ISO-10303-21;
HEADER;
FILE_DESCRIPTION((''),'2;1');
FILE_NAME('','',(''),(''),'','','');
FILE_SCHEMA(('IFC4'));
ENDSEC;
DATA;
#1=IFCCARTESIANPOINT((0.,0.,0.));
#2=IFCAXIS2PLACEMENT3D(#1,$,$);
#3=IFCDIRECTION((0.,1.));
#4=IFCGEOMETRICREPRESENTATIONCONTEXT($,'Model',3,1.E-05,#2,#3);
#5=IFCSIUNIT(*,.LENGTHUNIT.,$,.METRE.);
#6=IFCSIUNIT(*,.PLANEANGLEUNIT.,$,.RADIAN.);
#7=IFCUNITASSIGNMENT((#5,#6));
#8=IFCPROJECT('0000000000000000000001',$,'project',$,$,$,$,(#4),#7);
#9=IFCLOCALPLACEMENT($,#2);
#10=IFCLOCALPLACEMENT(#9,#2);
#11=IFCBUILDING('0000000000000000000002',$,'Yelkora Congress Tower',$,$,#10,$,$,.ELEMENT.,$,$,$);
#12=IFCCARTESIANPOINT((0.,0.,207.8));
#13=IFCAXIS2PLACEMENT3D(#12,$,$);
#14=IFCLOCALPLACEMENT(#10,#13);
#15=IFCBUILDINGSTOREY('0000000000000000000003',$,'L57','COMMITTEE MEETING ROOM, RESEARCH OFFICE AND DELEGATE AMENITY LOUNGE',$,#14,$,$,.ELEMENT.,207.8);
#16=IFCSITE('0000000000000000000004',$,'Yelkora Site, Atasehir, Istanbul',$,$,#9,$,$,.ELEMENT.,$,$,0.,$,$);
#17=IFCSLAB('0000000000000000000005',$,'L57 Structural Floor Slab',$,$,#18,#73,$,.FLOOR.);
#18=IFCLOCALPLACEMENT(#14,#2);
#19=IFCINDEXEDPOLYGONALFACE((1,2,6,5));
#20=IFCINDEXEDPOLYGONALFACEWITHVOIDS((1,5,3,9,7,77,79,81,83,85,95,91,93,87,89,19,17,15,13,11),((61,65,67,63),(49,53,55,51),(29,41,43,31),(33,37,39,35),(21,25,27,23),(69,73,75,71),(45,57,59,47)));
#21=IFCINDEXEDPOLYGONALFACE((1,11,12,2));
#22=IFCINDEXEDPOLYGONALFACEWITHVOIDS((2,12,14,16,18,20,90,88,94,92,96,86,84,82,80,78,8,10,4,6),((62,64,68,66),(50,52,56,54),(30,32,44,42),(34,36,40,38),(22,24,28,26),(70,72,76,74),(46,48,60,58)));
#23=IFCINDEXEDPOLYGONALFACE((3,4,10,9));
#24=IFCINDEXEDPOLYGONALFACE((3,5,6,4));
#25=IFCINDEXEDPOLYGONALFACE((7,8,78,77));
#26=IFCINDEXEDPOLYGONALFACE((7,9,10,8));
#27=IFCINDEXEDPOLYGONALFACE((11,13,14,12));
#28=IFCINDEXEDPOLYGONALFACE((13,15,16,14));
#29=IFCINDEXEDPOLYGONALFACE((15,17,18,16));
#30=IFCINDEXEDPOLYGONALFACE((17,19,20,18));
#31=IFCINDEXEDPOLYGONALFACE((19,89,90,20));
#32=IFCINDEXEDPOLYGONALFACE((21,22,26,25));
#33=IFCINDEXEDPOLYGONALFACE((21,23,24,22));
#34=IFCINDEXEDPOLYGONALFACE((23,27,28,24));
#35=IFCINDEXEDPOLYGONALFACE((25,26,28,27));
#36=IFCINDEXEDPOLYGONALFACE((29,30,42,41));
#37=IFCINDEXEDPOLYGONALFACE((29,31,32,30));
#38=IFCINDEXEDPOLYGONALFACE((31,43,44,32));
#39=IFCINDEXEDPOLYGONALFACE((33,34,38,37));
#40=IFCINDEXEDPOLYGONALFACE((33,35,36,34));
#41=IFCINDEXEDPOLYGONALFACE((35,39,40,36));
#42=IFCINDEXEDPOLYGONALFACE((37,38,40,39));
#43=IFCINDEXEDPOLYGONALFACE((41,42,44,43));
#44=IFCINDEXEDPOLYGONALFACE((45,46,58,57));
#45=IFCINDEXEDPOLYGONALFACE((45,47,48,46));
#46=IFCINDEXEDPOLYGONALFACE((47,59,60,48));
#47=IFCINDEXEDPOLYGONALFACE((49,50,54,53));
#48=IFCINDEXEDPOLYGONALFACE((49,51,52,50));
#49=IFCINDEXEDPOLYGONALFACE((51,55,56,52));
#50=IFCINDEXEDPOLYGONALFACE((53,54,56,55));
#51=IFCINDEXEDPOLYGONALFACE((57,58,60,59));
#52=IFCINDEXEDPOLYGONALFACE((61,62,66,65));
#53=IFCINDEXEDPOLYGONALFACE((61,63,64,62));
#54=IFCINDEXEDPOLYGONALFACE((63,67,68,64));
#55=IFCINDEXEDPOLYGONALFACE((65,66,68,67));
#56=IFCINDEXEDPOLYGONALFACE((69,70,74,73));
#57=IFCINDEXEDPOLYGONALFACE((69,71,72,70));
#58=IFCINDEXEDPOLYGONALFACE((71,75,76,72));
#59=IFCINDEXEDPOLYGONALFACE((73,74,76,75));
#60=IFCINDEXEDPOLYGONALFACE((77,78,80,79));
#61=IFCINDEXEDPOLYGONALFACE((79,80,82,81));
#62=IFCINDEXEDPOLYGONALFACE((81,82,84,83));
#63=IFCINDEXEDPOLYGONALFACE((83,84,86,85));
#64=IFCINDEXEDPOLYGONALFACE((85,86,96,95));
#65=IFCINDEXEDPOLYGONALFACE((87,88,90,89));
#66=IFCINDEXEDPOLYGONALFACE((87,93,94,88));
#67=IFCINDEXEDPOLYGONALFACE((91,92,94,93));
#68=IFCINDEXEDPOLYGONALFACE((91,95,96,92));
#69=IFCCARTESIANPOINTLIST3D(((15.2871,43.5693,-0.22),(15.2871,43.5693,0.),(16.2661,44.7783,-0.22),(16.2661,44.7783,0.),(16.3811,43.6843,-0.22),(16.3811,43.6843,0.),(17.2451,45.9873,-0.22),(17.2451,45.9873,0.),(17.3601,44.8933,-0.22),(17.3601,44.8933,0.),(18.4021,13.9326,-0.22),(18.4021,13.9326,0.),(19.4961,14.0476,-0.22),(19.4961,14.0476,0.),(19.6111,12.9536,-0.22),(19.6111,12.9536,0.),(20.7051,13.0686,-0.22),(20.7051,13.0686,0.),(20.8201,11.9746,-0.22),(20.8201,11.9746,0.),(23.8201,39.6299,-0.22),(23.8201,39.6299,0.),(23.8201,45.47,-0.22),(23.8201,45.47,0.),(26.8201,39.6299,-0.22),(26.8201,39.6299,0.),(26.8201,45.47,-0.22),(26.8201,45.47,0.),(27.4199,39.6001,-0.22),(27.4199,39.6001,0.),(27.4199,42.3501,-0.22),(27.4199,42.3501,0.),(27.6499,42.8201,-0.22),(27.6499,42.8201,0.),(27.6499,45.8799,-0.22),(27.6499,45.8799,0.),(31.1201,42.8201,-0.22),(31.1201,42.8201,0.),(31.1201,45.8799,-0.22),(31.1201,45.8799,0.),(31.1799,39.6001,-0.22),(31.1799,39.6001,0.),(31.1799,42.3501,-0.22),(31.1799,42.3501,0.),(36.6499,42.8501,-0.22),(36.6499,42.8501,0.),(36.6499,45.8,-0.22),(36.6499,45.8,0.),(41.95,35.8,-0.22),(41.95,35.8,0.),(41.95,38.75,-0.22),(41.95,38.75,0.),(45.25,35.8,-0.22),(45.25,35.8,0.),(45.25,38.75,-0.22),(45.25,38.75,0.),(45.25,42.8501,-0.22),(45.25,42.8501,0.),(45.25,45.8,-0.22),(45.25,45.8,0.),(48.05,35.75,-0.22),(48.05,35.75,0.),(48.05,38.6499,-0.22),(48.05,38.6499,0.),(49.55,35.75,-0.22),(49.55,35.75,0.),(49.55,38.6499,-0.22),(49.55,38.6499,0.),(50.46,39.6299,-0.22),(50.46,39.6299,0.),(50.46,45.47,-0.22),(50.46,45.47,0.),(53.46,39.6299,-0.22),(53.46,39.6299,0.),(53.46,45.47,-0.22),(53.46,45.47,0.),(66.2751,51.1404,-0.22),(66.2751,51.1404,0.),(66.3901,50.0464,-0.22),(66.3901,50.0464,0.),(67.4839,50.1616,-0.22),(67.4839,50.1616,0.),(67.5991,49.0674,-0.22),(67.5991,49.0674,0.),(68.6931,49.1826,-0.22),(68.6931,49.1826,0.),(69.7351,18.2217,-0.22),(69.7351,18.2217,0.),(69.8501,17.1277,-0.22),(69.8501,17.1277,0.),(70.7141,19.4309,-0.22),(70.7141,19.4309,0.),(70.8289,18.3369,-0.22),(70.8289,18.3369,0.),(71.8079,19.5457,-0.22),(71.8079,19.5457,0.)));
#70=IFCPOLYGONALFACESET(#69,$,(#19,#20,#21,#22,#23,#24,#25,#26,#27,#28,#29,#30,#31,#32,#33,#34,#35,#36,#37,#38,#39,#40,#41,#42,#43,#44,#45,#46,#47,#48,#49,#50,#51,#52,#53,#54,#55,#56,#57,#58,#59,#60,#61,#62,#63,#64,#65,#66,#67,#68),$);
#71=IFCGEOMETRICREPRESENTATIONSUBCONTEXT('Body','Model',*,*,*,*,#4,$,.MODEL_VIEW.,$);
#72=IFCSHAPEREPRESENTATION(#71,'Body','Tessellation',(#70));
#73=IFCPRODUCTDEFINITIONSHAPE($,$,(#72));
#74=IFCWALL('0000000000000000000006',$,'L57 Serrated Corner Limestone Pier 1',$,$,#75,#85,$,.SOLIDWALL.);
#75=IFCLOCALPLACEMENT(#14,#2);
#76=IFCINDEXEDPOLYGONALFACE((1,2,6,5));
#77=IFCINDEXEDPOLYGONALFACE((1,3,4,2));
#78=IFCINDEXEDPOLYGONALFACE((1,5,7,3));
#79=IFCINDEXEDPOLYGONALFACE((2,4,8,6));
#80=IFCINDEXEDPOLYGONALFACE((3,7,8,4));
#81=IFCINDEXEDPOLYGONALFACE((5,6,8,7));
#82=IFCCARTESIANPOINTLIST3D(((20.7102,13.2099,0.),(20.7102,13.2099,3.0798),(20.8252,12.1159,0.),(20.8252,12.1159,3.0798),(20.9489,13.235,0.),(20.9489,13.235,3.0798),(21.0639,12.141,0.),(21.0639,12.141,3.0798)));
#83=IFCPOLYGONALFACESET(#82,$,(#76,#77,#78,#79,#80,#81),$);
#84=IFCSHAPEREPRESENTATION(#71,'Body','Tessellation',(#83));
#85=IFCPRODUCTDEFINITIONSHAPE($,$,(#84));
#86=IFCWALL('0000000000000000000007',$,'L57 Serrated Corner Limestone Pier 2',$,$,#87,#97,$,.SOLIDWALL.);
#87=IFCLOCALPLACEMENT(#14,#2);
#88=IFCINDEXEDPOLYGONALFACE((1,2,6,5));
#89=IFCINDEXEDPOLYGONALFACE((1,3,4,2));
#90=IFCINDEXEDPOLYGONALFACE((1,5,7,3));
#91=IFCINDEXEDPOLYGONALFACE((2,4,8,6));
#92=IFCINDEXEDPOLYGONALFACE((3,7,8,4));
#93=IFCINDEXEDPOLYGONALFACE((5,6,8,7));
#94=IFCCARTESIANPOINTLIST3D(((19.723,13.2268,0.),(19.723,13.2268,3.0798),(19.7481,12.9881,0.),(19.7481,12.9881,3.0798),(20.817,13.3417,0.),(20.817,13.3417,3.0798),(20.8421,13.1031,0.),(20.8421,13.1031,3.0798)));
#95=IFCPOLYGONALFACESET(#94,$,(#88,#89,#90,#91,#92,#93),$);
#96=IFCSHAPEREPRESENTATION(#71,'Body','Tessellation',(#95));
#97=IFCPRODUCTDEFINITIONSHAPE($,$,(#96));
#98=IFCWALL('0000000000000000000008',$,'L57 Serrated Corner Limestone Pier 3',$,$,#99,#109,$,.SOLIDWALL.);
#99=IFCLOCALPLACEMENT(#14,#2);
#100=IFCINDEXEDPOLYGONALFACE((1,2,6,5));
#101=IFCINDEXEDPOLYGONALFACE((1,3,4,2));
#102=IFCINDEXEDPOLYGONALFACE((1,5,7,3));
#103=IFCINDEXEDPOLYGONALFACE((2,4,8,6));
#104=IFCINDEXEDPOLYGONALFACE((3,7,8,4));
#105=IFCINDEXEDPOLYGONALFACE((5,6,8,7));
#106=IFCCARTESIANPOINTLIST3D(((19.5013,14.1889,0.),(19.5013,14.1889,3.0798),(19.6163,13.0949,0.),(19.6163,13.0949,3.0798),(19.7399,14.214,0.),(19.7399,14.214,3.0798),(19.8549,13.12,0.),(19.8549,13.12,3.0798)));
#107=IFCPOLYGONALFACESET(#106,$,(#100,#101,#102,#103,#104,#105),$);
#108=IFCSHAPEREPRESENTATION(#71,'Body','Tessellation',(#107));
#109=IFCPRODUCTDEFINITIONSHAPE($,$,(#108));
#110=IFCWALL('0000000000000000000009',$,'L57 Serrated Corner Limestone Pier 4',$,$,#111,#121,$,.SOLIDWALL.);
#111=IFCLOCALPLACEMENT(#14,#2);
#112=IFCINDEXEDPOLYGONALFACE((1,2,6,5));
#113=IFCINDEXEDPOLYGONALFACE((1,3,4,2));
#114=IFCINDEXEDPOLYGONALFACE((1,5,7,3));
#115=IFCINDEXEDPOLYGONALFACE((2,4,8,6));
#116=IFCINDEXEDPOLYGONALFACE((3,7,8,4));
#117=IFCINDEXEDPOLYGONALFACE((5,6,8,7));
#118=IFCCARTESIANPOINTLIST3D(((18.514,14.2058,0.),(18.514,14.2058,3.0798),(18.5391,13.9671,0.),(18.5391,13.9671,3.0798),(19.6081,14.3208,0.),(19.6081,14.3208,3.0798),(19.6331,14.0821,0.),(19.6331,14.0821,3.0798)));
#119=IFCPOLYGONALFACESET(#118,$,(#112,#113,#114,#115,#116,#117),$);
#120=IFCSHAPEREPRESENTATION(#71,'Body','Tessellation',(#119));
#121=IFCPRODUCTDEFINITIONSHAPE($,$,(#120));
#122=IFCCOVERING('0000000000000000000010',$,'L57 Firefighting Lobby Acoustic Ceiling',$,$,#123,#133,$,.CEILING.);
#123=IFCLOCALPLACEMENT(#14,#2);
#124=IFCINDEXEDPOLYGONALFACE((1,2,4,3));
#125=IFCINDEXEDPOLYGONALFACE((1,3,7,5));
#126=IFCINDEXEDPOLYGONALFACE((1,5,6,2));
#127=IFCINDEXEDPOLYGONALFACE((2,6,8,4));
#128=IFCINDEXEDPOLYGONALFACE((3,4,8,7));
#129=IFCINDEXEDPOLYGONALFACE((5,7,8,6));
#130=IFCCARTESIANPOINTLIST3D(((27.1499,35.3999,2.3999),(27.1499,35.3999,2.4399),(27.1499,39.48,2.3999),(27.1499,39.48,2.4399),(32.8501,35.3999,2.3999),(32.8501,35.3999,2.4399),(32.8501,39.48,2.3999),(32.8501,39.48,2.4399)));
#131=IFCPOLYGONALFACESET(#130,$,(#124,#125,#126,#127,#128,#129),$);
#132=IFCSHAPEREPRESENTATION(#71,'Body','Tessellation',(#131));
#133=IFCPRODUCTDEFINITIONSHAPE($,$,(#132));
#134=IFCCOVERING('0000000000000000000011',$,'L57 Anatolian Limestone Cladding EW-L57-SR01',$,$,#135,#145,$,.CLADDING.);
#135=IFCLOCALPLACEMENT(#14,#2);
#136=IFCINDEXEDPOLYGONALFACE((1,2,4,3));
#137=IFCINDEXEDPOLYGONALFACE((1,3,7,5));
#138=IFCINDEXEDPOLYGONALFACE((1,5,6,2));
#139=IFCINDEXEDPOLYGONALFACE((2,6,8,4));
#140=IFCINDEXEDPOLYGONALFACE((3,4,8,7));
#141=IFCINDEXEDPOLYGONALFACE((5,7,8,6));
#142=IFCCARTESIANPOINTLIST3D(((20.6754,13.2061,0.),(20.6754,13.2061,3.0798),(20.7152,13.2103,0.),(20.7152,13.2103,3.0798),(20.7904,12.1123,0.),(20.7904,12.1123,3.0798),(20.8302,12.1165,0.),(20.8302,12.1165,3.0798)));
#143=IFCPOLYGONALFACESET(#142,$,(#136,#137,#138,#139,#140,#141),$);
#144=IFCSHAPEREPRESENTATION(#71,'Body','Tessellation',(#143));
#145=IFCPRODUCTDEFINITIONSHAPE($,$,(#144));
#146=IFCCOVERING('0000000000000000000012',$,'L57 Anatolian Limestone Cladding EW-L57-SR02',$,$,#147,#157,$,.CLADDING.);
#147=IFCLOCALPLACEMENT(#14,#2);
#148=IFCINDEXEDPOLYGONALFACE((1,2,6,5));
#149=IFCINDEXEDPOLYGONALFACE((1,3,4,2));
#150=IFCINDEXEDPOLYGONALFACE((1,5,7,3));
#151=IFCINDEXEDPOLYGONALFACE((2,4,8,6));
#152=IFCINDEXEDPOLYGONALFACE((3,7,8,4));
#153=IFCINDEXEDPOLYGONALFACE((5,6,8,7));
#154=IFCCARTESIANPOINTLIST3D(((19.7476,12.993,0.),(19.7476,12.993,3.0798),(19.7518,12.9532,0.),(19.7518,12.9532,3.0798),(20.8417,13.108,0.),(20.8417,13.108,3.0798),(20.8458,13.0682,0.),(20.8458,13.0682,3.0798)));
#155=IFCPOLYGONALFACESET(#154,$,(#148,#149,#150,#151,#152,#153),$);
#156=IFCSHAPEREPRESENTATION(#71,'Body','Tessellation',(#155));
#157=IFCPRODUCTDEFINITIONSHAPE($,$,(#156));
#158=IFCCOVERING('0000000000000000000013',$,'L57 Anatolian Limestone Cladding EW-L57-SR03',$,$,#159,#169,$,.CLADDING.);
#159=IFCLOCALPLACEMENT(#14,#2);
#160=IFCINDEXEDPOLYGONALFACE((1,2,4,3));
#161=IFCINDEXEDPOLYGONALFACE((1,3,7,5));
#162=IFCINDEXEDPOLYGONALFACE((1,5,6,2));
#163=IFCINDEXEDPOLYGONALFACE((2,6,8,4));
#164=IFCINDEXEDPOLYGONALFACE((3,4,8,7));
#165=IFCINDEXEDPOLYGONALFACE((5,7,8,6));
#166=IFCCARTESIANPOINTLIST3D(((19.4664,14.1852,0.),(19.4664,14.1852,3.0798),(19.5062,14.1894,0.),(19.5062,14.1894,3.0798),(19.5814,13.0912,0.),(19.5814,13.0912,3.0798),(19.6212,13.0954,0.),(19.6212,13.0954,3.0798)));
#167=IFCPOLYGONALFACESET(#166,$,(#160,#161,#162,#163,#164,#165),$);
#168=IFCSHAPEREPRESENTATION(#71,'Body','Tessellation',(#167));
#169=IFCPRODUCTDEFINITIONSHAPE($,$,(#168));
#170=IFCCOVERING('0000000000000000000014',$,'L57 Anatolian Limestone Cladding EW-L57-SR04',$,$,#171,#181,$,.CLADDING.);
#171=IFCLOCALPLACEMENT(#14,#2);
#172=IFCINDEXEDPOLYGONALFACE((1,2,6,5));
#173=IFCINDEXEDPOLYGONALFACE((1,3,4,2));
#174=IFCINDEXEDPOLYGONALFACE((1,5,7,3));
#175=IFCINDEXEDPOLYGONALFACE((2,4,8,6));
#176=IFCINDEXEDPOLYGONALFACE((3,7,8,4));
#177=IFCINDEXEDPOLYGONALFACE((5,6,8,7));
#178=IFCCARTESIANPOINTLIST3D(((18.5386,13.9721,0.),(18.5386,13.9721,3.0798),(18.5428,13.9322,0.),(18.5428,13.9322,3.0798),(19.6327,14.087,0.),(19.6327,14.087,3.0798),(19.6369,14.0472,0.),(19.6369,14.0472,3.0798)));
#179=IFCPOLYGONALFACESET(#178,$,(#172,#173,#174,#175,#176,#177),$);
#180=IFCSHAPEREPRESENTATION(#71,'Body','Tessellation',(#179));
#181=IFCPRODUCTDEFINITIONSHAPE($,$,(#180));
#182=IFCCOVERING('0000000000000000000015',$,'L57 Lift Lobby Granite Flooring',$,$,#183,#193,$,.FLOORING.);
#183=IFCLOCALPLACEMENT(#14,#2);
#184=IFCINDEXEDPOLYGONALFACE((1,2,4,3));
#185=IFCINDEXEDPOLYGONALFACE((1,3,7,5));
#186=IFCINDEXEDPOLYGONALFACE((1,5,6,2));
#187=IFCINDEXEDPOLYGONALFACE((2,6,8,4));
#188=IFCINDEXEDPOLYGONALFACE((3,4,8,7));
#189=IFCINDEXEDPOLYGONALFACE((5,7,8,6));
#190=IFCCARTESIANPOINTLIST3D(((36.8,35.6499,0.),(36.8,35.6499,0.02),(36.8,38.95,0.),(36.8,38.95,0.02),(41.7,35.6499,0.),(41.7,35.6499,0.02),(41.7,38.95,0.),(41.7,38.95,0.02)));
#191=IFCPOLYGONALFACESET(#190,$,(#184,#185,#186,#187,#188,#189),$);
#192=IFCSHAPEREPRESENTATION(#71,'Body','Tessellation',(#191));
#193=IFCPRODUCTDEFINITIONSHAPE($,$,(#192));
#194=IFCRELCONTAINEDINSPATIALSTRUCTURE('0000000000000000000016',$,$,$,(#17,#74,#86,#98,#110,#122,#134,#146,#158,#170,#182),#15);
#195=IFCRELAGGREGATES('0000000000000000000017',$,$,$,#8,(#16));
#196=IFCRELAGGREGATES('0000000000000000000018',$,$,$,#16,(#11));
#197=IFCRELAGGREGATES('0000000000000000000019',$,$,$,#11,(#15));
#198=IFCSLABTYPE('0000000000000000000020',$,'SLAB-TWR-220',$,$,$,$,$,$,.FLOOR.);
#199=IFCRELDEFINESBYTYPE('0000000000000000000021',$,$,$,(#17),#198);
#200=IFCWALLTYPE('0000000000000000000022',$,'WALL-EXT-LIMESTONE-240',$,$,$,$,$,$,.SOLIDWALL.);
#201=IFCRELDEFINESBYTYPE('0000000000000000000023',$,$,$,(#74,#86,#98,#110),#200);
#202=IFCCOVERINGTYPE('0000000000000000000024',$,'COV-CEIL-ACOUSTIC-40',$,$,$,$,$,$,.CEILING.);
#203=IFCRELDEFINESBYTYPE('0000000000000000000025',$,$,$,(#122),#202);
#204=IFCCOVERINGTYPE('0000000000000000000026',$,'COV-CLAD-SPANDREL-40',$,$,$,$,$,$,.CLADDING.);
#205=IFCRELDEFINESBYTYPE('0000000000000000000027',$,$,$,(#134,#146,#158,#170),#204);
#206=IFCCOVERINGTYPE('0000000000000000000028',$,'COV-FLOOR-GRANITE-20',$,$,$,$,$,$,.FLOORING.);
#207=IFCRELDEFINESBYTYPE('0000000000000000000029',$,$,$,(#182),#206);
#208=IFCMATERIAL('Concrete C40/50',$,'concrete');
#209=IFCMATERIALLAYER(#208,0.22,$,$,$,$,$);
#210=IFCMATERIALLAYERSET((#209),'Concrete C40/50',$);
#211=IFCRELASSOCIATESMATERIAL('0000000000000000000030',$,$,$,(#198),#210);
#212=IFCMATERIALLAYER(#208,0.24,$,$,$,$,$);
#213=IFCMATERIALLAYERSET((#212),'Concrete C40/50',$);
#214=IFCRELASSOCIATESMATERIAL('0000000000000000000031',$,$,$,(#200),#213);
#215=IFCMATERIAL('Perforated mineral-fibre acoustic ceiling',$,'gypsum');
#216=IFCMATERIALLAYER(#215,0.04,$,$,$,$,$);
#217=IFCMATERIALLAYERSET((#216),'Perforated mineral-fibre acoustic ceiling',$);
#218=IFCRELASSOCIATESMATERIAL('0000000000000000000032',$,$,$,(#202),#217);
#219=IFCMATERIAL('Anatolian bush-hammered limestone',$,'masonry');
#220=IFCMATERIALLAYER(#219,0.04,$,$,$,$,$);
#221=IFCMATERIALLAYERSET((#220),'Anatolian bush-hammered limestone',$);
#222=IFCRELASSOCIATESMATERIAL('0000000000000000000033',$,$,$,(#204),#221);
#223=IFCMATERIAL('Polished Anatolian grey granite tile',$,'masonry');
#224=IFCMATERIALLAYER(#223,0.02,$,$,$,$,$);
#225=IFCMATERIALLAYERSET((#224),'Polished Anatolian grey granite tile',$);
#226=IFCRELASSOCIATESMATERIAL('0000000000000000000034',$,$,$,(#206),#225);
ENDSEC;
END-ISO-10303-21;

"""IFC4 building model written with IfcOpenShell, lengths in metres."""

from ifc_helpers import new_model, si_unit, direction, frame, frame_2d, origin, place, context, subcontext, project, spatial, polyline, rectangle, outline, extrude, material, layer, layer_set, type_object, element, save


model = new_model("IFC4")

# Units and contexts
model_context = context("Model", 3, precision=1e-05, world=origin(), true_north=direction((0.0, 1.0)))
body_context = subcontext(model_context, "Body", "Model", "MODEL_VIEW")
ifc_project = project(units=[si_unit("LENGTHUNIT", "METRE"), si_unit("PLANEANGLEUNIT", "RADIAN")], contexts=[model_context])

# Site, building, storey
site_placement = place(None, origin())
site = spatial("IfcSite", under=ifc_project, at=site_placement, Name="Yelkora Site, Atasehir, Istanbul", CompositionType="ELEMENT", RefElevation=0.0)
building_placement = place(site_placement, origin())
building = spatial("IfcBuilding", under=site, at=building_placement, Name="Yelkora Congress Tower", CompositionType="ELEMENT")
storey_placement = place(building_placement, frame((0.0, 0.0, 207.8)))
storey = spatial("IfcBuildingStorey", under=building, at=storey_placement, Name="L57", Description="COMMITTEE MEETING ROOM, RESEARCH OFFICE AND DELEGATE AMENITY LOUNGE", CompositionType="ELEMENT", Elevation=207.8)

# Shared definitions
ifc_material_1 = material(Name="Concrete C40/50", Category="concrete")

# Slab
ifc_layer_1 = layer(ifc_material_1, 0.22)
ifc_layer_set_1 = layer_set([ifc_layer_1], Name="Concrete C40/50")
slab_type_1 = type_object("IfcSlabType", Name="SLAB-TWR-220", PredefinedType="FLOOR", material=ifc_layer_set_1)
slab_1_placement = place(storey_placement, frame((0.0, 0.0, -0.22)))
element("IfcSlab", 1, at=slab_1_placement, inside=storey, type_object=slab_type_1, Name="L57 Structural Floor Slab", PredefinedType="FLOOR", context=body_context, shape_type="SweptSolid", body=[
    extrude(outline(polyline([(20.8201, 11.9746), (69.8501, 17.1277), (69.7351, 18.2217), (70.8289, 18.3369), (70.7141, 19.4309), (71.8079, 19.5457), (68.6931, 49.1826), (67.5991, 49.0674), (67.4839, 50.1616), (66.3901, 50.0464), (66.2751, 51.1404), (17.2451, 45.9873), (17.3601, 44.8933), (16.2661, 44.7783), (16.3811, 43.6843), (15.2871, 43.5693), (18.4021, 13.9326), (19.4961, 14.0476), (19.6111, 12.9536), (20.7051, 13.0686), (20.8201, 11.9746)]), holes=[polyline([(23.8201, 39.6299), (26.8201, 39.6299), (26.8201, 45.47), (23.8201, 45.47), (23.8201, 39.6299)]), polyline([(50.46, 39.6299), (53.46, 39.6299), (53.46, 45.47), (50.46, 45.47), (50.46, 39.6299)]), polyline([(48.05, 35.75), (49.55, 35.75), (49.55, 38.6499), (48.05, 38.6499), (48.05, 35.75)]), polyline([(36.6499, 42.8501), (45.25, 42.8501), (45.25, 45.8), (36.6499, 45.8), (36.6499, 42.8501)]), polyline([(41.95, 35.8), (45.25, 35.8), (45.25, 38.75), (41.95, 38.75), (41.95, 35.8)]), polyline([(27.4199, 39.6001), (31.1799, 39.6001), (31.1799, 42.3501), (27.4199, 42.3501), (27.4199, 39.6001)]), polyline([(27.6499, 42.8201), (31.1201, 42.8201), (31.1201, 45.8799), (27.6499, 45.8799), (27.6499, 42.8201)])]), origin(), (0.0, 0.0, 1.0), 0.22),
])

# Walls
ifc_layer_2 = layer(ifc_material_1, 0.24)
ifc_layer_set_2 = layer_set([ifc_layer_2], Name="Concrete C40/50")
wall_type = type_object("IfcWallType", Name="WALL-EXT-LIMESTONE-240", PredefinedType="SOLIDWALL", material=ifc_layer_set_2)
for number, where, z_axis, x_axis, name in (
    (2, (20.9446, 12.1284, 0.0), (0.0, 0.0, 1.0), (-0.104535, 0.994521, 0.0), "L57 Serrated Corner Limestone Pier 1"),
    (3, (20.8296, 13.2224, 0.0), (0.0, 0.0, 1.0), (-0.994521, -0.104535, 0.0), "L57 Serrated Corner Limestone Pier 2"),
    (4, (19.7356, 13.1074, 0.0), (0.0, 0.0, 1.0), (-0.104535, 0.994521, 0.0), "L57 Serrated Corner Limestone Pier 3"),
    (5, (19.6206, 14.2014, 0.0), (0.0, 0.0, 1.0), (-0.994521, -0.104535, 0.0), "L57 Serrated Corner Limestone Pier 4"),
):
    element("IfcWall", number, at=place(storey_placement, frame(where, z_axis=z_axis, x_axis=x_axis)), inside=storey, type_object=wall_type, Name=name, PredefinedType="SOLIDWALL", context=body_context, shape_type="SweptSolid", body=[
        extrude(rectangle(XDim=1.1001, YDim=0.24, at=frame_2d((0.55, 0.0))), origin(), (0.0, 0.0, 1.0), 3.0798),
    ])

# Coverings
ifc_material_2 = material(Name="Perforated mineral-fibre acoustic ceiling", Category="gypsum")
ifc_layer_3 = layer(ifc_material_2, 0.04)
ifc_layer_set_3 = layer_set([ifc_layer_3], Name="Perforated mineral-fibre acoustic ceiling")
covering_type_1 = type_object("IfcCoveringType", Name="COV-CEIL-ACOUSTIC-40", PredefinedType="CEILING", material=ifc_layer_set_3)
covering_1_placement = place(storey_placement, frame((0.0, 0.0, 2.3999)))
element("IfcCovering", 6, at=covering_1_placement, inside=storey, type_object=covering_type_1, Name="L57 Firefighting Lobby Acoustic Ceiling", PredefinedType="CEILING", context=body_context, shape_type="SweptSolid", body=[
    extrude(outline(polyline([(27.1499, 35.3999), (32.8501, 35.3999), (32.8501, 39.48), (27.1499, 39.48), (27.1499, 35.3999)])), origin(), (0.0, 0.0, 1.0), 0.04),
])
ifc_material_3 = material(Name="Anatolian bush-hammered limestone", Category="masonry")
ifc_layer_4 = layer(ifc_material_3, 0.04)
ifc_layer_set_4 = layer_set([ifc_layer_4], Name="Anatolian bush-hammered limestone")
covering_type_2 = type_object("IfcCoveringType", Name="COV-CLAD-SPANDREL-40", PredefinedType="CLADDING", material=ifc_layer_set_4)
covering_2_placement = place(storey_placement, frame((20.8103, 12.1145, 0.0), z_axis=(0.0, 0.0, 1.0), x_axis=(-0.104558, 0.994519, 0.0)))
element("IfcCovering", 7, at=covering_2_placement, inside=storey, type_object=covering_type_2, Name="L57 Anatolian Limestone Cladding EW-L57-SR01", PredefinedType="CLADDING", context=body_context, shape_type="SweptSolid", body=[
    extrude(rectangle(XDim=1.0999, YDim=0.04, at=frame_2d((0.5498, 0.0))), origin(), (0.0, 0.0, 1.0), 3.0798),
])
for number, where, z_axis, x_axis, name in (
    (8, (20.8438, 13.0881, 0.0), (0.0, 0.0, 1.0), (-0.994521, -0.104535, 0.0), "L57 Anatolian Limestone Cladding EW-L57-SR02"),
    (9, (19.6013, 13.0933, 0.0), (0.0, 0.0, 1.0), (-0.104535, 0.994521, 0.0), "L57 Anatolian Limestone Cladding EW-L57-SR03"),
    (10, (19.6348, 14.0671, 0.0), (0.0, 0.0, 1.0), (-0.994521, -0.104535, 0.0), "L57 Anatolian Limestone Cladding EW-L57-SR04"),
):
    element("IfcCovering", number, at=place(storey_placement, frame(where, z_axis=z_axis, x_axis=x_axis)), inside=storey, type_object=covering_type_2, Name=name, PredefinedType="CLADDING", context=body_context, shape_type="SweptSolid", body=[
        extrude(rectangle(XDim=1.1001, YDim=0.04, at=frame_2d((0.55, 0.0))), origin(), (0.0, 0.0, 1.0), 3.0798),
    ])
ifc_material_4 = material(Name="Polished Anatolian grey granite tile", Category="masonry")
ifc_layer_5 = layer(ifc_material_4, 0.02)
ifc_layer_set_5 = layer_set([ifc_layer_5], Name="Polished Anatolian grey granite tile")
covering_type_3 = type_object("IfcCoveringType", Name="COV-FLOOR-GRANITE-20", PredefinedType="FLOORING", material=ifc_layer_set_5)
covering_3_placement = place(storey_placement, origin())
element("IfcCovering", 11, at=covering_3_placement, inside=storey, type_object=covering_type_3, Name="L57 Lift Lobby Granite Flooring", PredefinedType="FLOORING", context=body_context, shape_type="SweptSolid", body=[
    extrude(outline(polyline([(36.8, 35.6499), (41.7, 35.6499), (41.7, 38.95), (36.8, 38.95), (36.8, 35.6499)])), origin(), (0.0, 0.0, 1.0), 0.02),
])

save(model, "model.ifc")
